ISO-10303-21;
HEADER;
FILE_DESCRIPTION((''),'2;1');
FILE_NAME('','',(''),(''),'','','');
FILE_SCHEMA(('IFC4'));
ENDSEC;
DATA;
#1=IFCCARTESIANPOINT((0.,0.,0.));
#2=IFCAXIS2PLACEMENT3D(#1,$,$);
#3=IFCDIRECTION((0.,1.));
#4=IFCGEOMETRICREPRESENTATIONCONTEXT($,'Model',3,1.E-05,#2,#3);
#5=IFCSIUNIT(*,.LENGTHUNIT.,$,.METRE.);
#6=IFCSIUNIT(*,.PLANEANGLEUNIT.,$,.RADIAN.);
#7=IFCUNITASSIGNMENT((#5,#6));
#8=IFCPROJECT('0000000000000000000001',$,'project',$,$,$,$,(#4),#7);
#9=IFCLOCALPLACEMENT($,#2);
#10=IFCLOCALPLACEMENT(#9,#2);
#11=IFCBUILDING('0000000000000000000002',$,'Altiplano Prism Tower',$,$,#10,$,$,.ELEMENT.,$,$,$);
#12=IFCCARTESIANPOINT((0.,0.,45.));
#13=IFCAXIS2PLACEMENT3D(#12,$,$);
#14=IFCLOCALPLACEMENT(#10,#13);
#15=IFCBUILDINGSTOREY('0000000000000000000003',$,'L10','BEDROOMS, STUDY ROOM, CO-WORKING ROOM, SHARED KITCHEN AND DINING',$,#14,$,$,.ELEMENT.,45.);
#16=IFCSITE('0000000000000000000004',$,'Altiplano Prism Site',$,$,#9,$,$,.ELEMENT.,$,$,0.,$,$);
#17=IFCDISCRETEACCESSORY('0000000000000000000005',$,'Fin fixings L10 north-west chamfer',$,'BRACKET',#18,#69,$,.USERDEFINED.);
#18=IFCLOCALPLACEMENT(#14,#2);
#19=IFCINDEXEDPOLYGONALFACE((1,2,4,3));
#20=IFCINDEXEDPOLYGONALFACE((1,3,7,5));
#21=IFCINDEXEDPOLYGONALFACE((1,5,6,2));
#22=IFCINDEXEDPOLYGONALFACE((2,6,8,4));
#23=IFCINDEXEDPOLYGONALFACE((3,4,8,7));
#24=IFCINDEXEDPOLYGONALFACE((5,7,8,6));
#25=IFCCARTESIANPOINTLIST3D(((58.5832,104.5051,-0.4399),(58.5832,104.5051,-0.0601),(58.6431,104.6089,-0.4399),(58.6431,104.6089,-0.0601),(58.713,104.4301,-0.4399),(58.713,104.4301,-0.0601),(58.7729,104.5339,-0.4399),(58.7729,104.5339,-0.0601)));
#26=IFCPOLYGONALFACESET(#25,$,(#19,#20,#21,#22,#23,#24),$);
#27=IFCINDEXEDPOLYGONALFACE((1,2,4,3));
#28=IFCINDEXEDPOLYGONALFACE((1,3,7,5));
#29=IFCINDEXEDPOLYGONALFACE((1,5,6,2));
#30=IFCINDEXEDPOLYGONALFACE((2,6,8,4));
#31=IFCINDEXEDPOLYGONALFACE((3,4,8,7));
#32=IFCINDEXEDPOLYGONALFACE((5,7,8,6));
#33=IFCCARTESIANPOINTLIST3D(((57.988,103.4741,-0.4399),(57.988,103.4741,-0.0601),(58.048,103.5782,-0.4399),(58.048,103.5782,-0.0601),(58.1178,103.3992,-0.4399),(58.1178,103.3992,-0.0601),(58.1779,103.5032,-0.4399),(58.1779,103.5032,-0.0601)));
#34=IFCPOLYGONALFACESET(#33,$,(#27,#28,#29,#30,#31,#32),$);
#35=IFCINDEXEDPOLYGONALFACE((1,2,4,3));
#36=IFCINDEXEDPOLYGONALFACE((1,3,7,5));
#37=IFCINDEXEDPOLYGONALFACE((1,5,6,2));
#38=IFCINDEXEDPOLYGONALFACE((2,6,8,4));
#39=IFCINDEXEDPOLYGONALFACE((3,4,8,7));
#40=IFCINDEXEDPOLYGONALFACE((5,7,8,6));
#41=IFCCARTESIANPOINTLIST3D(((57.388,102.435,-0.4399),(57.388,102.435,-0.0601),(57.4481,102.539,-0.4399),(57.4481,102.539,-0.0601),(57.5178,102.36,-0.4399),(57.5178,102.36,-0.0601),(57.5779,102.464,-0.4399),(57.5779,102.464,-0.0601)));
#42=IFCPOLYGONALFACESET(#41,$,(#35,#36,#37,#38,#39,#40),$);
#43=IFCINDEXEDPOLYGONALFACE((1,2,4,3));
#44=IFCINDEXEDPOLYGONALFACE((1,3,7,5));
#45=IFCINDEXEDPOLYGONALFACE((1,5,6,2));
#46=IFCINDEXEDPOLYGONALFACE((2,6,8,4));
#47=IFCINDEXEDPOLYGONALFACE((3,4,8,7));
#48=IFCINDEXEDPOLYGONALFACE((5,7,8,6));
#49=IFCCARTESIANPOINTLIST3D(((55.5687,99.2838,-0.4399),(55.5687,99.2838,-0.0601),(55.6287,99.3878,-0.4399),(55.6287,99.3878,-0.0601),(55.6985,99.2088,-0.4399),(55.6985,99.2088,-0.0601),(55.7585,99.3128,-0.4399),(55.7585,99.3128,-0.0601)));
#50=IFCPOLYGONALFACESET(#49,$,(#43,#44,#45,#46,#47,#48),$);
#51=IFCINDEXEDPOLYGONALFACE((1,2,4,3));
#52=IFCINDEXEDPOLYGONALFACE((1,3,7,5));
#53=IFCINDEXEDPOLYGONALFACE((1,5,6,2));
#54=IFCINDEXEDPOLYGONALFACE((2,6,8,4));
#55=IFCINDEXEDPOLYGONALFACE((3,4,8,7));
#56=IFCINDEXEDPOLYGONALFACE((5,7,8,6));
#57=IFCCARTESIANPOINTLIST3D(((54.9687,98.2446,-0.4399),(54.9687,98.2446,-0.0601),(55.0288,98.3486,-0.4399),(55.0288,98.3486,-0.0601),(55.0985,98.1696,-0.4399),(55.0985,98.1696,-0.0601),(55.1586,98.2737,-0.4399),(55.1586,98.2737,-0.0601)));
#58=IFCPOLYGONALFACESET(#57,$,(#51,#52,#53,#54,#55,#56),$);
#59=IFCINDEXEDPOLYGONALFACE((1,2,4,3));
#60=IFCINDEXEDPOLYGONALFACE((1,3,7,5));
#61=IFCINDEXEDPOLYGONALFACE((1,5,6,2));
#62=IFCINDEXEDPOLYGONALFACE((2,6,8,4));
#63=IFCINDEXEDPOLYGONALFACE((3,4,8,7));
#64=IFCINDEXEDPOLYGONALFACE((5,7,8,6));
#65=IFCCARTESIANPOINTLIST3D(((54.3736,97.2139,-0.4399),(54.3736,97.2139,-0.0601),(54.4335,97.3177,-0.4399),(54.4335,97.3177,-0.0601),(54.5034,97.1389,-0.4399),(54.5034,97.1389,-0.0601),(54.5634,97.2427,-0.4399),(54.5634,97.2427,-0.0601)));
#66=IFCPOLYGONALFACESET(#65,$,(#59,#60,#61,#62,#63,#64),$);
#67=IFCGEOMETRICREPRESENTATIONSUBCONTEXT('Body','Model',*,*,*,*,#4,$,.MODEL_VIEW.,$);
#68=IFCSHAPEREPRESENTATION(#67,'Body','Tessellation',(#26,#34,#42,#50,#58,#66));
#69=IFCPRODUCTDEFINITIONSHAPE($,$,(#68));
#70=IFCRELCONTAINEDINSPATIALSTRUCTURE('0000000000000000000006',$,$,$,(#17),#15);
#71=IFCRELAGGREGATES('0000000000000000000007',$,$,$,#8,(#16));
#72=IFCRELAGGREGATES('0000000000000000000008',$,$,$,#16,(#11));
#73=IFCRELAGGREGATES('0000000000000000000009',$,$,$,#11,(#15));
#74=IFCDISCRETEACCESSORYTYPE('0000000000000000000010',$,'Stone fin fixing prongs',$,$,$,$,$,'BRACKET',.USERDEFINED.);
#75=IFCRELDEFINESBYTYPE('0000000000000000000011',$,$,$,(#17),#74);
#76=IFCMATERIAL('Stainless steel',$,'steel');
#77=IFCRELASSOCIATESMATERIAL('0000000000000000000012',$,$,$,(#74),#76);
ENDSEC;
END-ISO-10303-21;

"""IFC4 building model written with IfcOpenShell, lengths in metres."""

from ifc_helpers import new_model, si_unit, direction, frame, origin, place, context, subcontext, project, spatial, polyline, outline, extrude, source, transform, mapped, material, type_object, element, save


model = new_model("IFC4")

# Units and contexts
model_context = context("Model", 3, precision=1e-05, world=origin(), true_north=direction((0.0, 1.0)))
body_context = subcontext(model_context, "Body", "Model", "MODEL_VIEW")
ifc_project = project(units=[si_unit("LENGTHUNIT", "METRE"), si_unit("PLANEANGLEUNIT", "RADIAN")], contexts=[model_context])

# Site, building, storey
site_placement = place(None, origin())
site = spatial("IfcSite", under=ifc_project, at=site_placement, Name="Altiplano Prism Site", CompositionType="ELEMENT", RefElevation=0.0)
building_placement = place(site_placement, origin())
building = spatial("IfcBuilding", under=site, at=building_placement, Name="Altiplano Prism Tower", CompositionType="ELEMENT")
storey_placement = place(building_placement, frame((0.0, 0.0, 45.0)))
storey = spatial("IfcBuildingStorey", under=building, at=storey_placement, Name="L10", Description="BEDROOMS, STUDY ROOM, CO-WORKING ROOM, SHARED KITCHEN AND DINING", CompositionType="ELEMENT", Elevation=45.0)

# Discrete accessory
ifc_material_1 = material(Name="Stainless steel", Category="steel")
discrete_accessory_type = type_object("IfcDiscreteAccessoryType", Name="Stone fin fixing prongs", ElementType="BRACKET", PredefinedType="USERDEFINED", material=ifc_material_1)
shared_shape_1 = source(origin(), body_context, "Body", "SweptSolid", [
    extrude(outline(polyline([(-4.2695, 0.0601), (-4.1497, 0.0601), (-4.1497, 0.4399), (-4.2695, 0.4399), (-4.2695, 0.0601)])), frame((0.0, 0.0, 0.0), z_axis=(0.0, -1.0, 0.0), x_axis=(1.0, 0.0, 0.0)), (0.0, 0.0, 1.0), 0.1499),
    extrude(outline(polyline([(-3.0793, 0.0601), (-2.9592, 0.0601), (-2.9592, 0.4399), (-3.0793, 0.4399), (-3.0793, 0.0601)])), frame((0.0, 0.0, 0.0), z_axis=(0.0, -1.0, 0.0), x_axis=(1.0, 0.0, 0.0)), (0.0, 0.0, 1.0), 0.1499),
    extrude(outline(polyline([(-1.8794, 0.0601), (-1.7593, 0.0601), (-1.7593, 0.4399), (-1.8794, 0.4399), (-1.8794, 0.0601)])), frame((0.0, 0.0, 0.0), z_axis=(0.0, -1.0, 0.0), x_axis=(1.0, 0.0, 0.0)), (0.0, 0.0, 1.0), 0.1499),
    extrude(outline(polyline([(1.7593, 0.0601), (1.8794, 0.0601), (1.8794, 0.4399), (1.7593, 0.4399), (1.7593, 0.0601)])), frame((0.0, 0.0, 0.0), z_axis=(0.0, -1.0, 0.0), x_axis=(1.0, 0.0, 0.0)), (0.0, 0.0, 1.0), 0.1499),
    extrude(outline(polyline([(2.9592, 0.0601), (3.0793, 0.0601), (3.0793, 0.4399), (2.9592, 0.4399), (2.9592, 0.0601)])), frame((0.0, 0.0, 0.0), z_axis=(0.0, -1.0, 0.0), x_axis=(1.0, 0.0, 0.0)), (0.0, 0.0, 1.0), 0.1499),
    extrude(outline(polyline([(4.1497, 0.0601), (4.2695, 0.0601), (4.2695, 0.4399), (4.1497, 0.4399), (4.1497, 0.0601)])), frame((0.0, 0.0, 0.0), z_axis=(0.0, -1.0, 0.0), x_axis=(1.0, 0.0, 0.0)), (0.0, 0.0, 1.0), 0.1499),
])
discrete_accessory_1_placement = place(storey_placement, origin())
element("IfcDiscreteAccessory", 1, at=discrete_accessory_1_placement, inside=storey, type_object=discrete_accessory_type, Name="Fin fixings L10 north-west chamfer", ObjectType="BRACKET", PredefinedType="USERDEFINED", context=body_context, shape_type="MappedRepresentation", body=[
    mapped(shared_shape_1, transform((56.6382, 100.8364, -0.5), x_axis=(-0.5, -0.866025, 0.0), y_axis=(0.866025, -0.5, 0.0), z_axis=(0.0, 0.0, 1.0))),
])

save(model, "model.ifc")
